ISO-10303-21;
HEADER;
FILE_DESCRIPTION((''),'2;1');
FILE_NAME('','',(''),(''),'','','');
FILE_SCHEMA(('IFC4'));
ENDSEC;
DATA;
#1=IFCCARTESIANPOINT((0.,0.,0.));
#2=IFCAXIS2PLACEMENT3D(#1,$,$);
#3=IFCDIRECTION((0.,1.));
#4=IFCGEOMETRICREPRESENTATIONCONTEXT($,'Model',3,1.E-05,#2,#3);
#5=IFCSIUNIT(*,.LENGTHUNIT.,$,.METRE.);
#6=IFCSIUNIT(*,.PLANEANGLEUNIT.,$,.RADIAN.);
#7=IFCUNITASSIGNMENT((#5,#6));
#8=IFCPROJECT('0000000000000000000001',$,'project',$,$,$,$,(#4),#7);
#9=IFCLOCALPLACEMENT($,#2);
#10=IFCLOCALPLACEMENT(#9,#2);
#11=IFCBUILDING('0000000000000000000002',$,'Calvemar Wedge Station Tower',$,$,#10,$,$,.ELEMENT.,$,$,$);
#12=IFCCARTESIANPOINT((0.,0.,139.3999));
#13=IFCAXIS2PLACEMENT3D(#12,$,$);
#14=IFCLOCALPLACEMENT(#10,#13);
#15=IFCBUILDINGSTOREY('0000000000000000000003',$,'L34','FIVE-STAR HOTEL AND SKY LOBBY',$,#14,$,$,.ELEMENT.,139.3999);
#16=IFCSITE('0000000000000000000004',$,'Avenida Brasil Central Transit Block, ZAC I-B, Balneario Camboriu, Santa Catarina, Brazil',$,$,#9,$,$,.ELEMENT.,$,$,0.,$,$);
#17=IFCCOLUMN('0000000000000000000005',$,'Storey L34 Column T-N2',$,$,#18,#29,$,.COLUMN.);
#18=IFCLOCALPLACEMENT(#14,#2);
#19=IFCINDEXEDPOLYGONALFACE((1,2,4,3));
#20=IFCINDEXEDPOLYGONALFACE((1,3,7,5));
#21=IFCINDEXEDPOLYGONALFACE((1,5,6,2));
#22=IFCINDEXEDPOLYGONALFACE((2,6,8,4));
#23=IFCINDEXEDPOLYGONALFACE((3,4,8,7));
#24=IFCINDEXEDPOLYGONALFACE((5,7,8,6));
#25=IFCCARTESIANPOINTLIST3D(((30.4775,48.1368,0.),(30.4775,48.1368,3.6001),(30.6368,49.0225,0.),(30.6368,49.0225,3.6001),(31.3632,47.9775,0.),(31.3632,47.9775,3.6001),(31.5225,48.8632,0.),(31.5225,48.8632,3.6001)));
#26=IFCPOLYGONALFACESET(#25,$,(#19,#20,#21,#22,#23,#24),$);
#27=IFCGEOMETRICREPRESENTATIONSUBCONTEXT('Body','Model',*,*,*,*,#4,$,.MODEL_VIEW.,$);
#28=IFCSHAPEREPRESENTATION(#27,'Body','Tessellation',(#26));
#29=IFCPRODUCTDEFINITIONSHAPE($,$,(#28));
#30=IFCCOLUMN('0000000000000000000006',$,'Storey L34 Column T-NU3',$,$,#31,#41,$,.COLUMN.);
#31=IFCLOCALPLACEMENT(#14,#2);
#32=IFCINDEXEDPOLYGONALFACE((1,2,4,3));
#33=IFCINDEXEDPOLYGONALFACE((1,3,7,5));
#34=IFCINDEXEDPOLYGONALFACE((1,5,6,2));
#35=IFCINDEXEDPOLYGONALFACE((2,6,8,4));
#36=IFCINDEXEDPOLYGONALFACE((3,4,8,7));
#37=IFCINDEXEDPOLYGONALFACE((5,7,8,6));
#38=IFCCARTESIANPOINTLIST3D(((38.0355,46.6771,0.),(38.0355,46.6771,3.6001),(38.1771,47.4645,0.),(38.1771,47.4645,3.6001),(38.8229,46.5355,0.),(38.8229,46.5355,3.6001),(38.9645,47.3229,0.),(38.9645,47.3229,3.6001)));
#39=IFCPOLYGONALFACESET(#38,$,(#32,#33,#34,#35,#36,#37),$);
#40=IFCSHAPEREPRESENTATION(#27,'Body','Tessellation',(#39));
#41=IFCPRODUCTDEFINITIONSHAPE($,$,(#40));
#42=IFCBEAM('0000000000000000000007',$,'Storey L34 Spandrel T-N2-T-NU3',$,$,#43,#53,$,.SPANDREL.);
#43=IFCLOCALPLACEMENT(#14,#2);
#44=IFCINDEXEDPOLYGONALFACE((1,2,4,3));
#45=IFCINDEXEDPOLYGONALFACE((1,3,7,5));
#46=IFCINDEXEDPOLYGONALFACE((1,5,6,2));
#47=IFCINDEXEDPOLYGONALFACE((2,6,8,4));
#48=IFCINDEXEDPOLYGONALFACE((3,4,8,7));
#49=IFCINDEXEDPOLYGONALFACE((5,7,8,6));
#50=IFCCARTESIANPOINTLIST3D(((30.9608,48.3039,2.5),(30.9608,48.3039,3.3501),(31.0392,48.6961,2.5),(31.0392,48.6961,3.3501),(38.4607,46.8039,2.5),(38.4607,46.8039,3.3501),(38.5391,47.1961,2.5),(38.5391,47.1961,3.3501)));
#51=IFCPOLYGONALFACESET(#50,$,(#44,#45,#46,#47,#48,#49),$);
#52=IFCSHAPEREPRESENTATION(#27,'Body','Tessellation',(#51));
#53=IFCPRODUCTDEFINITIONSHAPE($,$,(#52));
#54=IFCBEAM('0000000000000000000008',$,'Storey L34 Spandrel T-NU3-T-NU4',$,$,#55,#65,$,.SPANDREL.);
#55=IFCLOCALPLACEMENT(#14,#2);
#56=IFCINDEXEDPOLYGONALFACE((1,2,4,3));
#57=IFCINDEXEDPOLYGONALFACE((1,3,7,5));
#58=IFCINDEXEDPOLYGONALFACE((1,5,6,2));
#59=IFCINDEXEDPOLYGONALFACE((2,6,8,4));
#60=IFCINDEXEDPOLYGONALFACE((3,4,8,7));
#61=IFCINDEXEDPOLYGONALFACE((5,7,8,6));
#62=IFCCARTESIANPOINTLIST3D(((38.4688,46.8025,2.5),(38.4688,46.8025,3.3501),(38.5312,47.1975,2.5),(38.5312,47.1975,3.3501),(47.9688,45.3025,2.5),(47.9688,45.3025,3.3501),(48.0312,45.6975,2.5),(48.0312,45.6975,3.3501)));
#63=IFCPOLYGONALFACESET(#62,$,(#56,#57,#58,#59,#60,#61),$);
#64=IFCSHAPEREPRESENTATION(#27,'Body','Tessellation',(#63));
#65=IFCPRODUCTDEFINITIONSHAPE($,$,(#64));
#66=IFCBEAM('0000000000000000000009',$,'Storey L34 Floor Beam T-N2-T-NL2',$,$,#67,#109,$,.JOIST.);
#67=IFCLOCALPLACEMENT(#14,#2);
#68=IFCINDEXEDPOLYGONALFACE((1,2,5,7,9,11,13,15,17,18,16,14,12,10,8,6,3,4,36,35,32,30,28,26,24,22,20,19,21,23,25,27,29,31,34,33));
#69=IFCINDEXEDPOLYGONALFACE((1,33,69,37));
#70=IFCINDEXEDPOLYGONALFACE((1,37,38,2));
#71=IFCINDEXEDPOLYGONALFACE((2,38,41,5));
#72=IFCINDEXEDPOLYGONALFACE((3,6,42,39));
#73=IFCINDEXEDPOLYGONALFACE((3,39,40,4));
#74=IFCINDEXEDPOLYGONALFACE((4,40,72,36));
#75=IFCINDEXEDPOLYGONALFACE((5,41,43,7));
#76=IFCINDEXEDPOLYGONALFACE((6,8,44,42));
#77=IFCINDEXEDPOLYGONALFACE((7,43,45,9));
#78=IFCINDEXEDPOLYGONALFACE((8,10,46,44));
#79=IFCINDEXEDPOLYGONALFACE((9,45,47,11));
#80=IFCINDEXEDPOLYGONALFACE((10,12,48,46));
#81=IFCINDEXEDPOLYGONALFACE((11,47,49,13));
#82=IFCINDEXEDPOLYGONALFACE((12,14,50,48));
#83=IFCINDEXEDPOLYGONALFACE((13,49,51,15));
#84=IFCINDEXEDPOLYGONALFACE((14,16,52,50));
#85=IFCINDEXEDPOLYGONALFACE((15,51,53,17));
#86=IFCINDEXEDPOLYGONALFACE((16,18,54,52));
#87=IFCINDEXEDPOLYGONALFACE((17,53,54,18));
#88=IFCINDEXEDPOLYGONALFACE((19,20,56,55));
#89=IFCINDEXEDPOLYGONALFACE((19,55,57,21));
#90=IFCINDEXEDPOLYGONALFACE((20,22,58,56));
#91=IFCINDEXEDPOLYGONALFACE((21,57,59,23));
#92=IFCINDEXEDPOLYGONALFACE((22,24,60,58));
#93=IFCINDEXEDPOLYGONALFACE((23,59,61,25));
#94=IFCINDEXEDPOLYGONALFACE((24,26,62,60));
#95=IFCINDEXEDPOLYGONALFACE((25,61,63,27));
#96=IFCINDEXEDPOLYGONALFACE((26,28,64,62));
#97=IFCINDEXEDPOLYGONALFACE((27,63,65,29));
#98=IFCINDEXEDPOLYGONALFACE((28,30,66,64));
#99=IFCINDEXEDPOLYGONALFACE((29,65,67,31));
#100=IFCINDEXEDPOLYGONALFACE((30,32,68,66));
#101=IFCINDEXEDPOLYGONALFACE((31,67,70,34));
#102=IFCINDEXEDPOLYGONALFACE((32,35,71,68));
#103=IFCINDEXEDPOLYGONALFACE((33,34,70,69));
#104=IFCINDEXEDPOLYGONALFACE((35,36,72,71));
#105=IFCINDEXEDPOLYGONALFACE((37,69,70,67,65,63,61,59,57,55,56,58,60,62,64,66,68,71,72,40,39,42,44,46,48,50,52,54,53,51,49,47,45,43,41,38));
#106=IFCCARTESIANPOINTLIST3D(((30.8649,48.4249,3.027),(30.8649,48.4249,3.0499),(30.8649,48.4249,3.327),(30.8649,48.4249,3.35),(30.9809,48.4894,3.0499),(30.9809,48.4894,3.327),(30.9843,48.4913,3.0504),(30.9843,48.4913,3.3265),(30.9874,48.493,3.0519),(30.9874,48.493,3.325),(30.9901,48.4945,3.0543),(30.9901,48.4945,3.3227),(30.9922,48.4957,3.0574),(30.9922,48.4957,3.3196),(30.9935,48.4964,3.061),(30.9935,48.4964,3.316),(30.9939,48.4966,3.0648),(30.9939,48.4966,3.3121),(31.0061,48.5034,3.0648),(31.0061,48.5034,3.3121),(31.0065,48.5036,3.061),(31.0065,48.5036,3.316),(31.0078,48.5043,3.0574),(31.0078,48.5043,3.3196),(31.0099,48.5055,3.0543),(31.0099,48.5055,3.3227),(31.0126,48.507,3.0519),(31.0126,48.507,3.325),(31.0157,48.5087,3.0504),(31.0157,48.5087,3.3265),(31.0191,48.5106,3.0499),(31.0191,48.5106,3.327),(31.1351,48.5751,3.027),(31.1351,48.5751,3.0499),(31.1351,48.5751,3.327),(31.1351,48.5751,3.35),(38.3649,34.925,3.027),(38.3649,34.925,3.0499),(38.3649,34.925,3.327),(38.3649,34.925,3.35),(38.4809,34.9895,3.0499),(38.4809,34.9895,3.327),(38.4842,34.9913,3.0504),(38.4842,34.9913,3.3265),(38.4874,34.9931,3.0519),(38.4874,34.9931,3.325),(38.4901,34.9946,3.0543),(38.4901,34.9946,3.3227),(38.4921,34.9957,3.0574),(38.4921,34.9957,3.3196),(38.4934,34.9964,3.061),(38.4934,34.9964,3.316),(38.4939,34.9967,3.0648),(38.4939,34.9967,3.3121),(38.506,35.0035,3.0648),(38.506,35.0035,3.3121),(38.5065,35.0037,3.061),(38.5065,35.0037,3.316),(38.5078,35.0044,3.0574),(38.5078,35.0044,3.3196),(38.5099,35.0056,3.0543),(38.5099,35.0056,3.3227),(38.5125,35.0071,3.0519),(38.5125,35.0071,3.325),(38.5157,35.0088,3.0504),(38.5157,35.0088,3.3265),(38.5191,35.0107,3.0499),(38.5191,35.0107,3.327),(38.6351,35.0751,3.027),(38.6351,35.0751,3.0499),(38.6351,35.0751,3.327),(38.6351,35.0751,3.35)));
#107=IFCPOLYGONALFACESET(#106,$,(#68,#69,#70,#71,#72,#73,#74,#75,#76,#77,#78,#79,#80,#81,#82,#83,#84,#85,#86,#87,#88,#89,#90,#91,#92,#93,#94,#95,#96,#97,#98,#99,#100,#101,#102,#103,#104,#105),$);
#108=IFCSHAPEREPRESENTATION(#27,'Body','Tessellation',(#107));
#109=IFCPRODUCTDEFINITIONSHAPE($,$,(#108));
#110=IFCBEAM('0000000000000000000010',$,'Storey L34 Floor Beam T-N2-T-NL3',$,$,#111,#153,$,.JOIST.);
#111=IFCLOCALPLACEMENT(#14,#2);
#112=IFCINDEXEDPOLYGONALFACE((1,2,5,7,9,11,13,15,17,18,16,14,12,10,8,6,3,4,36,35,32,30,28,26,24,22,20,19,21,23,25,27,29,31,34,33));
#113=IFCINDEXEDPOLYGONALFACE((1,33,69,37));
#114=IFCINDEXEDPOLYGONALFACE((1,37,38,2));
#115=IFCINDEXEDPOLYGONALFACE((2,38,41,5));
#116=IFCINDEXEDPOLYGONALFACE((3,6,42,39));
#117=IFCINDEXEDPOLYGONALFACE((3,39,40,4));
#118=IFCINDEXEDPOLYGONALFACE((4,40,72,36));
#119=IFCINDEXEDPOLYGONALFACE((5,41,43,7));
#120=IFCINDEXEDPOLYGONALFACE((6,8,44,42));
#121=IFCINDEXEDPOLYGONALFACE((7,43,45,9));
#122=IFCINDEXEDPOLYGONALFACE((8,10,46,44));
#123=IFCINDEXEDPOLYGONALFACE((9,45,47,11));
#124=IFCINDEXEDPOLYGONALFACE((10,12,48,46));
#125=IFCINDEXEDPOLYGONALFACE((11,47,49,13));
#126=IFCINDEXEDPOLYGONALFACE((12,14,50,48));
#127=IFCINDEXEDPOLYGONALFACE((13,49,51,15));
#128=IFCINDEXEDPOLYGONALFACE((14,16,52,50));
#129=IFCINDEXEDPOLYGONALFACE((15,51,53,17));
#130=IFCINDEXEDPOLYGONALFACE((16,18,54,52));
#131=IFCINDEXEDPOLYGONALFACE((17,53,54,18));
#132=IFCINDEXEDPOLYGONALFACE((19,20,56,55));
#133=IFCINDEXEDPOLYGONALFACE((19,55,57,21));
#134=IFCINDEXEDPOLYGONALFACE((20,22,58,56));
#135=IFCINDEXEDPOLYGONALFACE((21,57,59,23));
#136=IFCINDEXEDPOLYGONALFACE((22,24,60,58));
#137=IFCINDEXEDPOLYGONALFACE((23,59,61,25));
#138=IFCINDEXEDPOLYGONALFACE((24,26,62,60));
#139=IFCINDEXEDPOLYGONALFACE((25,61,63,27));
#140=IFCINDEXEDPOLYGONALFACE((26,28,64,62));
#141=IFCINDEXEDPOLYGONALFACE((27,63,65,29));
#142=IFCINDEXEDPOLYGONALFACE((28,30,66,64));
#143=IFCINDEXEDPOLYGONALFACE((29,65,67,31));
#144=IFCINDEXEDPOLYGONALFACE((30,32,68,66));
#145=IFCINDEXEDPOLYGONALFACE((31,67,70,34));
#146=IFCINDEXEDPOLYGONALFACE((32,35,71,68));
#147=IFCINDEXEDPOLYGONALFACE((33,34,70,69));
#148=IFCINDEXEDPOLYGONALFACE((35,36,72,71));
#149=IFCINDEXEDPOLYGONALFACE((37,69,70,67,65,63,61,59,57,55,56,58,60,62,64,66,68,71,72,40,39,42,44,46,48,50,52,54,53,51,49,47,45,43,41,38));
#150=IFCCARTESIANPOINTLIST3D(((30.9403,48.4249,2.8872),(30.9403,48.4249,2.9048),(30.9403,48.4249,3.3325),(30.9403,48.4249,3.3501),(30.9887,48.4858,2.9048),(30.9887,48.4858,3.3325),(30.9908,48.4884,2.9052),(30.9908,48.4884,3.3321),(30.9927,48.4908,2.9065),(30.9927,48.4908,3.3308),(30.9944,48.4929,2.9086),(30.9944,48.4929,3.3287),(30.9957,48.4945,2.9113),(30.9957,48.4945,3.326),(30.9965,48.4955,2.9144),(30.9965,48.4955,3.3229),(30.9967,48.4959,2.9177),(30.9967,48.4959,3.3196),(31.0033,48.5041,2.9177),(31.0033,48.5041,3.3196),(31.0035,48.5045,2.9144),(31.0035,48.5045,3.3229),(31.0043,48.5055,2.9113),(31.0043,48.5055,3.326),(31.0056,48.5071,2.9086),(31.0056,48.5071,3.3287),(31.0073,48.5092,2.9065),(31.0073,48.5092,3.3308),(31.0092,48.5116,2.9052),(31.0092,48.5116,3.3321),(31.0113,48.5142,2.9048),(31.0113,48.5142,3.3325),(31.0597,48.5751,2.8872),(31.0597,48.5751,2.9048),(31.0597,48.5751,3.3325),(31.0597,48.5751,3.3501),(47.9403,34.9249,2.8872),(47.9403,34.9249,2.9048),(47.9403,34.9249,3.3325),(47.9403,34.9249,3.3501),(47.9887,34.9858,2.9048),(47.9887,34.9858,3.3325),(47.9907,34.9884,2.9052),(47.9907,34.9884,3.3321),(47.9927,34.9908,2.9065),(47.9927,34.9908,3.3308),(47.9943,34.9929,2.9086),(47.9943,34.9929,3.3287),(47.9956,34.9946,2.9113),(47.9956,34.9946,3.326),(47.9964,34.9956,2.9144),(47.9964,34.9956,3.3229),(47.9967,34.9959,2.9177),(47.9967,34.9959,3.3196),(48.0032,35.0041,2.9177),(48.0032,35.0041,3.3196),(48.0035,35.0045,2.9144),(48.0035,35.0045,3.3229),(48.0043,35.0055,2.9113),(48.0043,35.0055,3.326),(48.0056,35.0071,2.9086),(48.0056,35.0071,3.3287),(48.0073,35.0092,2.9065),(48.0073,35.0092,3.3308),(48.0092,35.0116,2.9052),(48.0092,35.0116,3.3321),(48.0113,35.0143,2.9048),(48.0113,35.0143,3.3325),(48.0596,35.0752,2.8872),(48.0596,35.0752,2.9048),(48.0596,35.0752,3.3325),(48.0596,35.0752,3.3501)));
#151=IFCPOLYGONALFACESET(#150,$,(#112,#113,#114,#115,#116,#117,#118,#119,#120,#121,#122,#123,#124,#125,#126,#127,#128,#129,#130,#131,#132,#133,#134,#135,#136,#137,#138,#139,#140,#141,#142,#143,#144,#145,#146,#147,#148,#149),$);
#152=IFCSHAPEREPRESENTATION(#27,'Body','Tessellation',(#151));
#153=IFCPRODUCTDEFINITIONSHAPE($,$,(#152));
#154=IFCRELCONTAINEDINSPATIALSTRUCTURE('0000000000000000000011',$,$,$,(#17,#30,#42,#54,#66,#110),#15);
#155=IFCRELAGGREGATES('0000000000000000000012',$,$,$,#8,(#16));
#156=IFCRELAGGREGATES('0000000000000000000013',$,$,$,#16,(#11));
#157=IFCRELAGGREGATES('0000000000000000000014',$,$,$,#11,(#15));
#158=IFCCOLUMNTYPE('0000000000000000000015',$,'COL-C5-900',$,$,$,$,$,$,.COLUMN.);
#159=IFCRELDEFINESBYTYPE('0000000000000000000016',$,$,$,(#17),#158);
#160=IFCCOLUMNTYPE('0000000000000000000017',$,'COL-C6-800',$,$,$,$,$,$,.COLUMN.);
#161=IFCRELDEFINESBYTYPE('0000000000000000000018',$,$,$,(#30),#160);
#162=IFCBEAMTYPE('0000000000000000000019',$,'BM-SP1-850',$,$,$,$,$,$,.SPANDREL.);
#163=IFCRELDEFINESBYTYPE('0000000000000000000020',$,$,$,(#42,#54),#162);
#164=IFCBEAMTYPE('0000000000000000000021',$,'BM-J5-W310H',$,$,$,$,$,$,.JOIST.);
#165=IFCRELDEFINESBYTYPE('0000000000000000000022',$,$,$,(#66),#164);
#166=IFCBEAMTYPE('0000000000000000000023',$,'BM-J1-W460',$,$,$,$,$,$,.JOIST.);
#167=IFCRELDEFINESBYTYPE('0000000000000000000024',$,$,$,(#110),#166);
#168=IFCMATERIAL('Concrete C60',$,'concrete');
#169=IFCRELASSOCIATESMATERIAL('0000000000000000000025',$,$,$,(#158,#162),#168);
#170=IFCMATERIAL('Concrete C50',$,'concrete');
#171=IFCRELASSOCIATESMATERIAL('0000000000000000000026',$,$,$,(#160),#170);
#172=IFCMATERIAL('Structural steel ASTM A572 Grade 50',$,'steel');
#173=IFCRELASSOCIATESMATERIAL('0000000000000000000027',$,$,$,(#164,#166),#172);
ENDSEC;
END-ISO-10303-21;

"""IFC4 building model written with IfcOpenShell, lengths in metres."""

from ifc_helpers import new_model, si_unit, direction, frame, origin, origin_2d, place, context, subcontext, project, spatial, rectangle, i_section, extrude, source, transform, mapped, material, material_profile, profile_set, type_object, element, save


model = new_model("IFC4")

# Units and contexts
model_context = context("Model", 3, precision=1e-05, world=origin(), true_north=direction((0.0, 1.0)))
body_context = subcontext(model_context, "Body", "Model", "MODEL_VIEW")
ifc_project = project(units=[si_unit("LENGTHUNIT", "METRE"), si_unit("PLANEANGLEUNIT", "RADIAN")], contexts=[model_context])

# Site, building, storey
site_placement = place(None, origin())
site = spatial("IfcSite", under=ifc_project, at=site_placement, Name="Avenida Brasil Central Transit Block, ZAC I-B, Balneario Camboriu, Santa Catarina, Brazil", CompositionType="ELEMENT", RefElevation=0.0)
building_placement = place(site_placement, origin())
building = spatial("IfcBuilding", under=site, at=building_placement, Name="Calvemar Wedge Station Tower", CompositionType="ELEMENT")
storey_placement = place(building_placement, frame((0.0, 0.0, 139.3999)))
storey = spatial("IfcBuildingStorey", under=building, at=storey_placement, Name="L34", Description="FIVE-STAR HOTEL AND SKY LOBBY", CompositionType="ELEMENT", Elevation=139.3999)

# Columns
ifc_material_1 = material(Name="Concrete C60", Category="concrete")
ifc_material_profile_1 = material_profile(ifc_material_1, rectangle(XDim=0.8999, YDim=0.8999, at=origin_2d()), Name="RC900x900")
ifc_profile_set_1 = profile_set([ifc_material_profile_1], Name="Concrete C60")
column_type_1 = type_object("IfcColumnType", Name="COL-C5-900", PredefinedType="COLUMN", material=ifc_profile_set_1)
shared_shape_1 = source(origin(), body_context, "Body", "SweptSolid", [
    extrude(rectangle(XDim=0.8999, YDim=0.8999, at=origin_2d()), origin(), (0.0, 0.0, 1.0), 3.6001),
])
column_1_placement = place(storey_placement, frame((31.0, 48.5, 0.0), z_axis=(0.0, 0.0, 1.0), x_axis=(0.984196, -0.177085, 0.0)))
element("IfcColumn", 1, at=column_1_placement, inside=storey, type_object=column_type_1, Name="Storey L34 Column T-N2", PredefinedType="COLUMN", context=body_context, shape_type="MappedRepresentation", body=[
    mapped(shared_shape_1, transform((0.0, 0.0, 0.0), scale=1.0)),
])
ifc_material_2 = material(Name="Concrete C50", Category="concrete")
ifc_material_profile_2 = material_profile(ifc_material_2, rectangle(XDim=0.8, YDim=0.8, at=origin_2d()), Name="RC800x800")
ifc_profile_set_2 = profile_set([ifc_material_profile_2], Name="Concrete C50")
column_type_2 = type_object("IfcColumnType", Name="COL-C6-800", PredefinedType="COLUMN", material=ifc_profile_set_2)
shared_shape_2 = source(origin(), body_context, "Body", "SweptSolid", [
    extrude(rectangle(XDim=0.8, YDim=0.8, at=origin_2d()), origin(), (0.0, 0.0, 1.0), 3.6001),
])
column_2_placement = place(storey_placement, frame((38.5, 47.0, 0.0), z_axis=(0.0, 0.0, 1.0), x_axis=(0.984196, -0.177085, 0.0)))
element("IfcColumn", 2, at=column_2_placement, inside=storey, type_object=column_type_2, Name="Storey L34 Column T-NU3", PredefinedType="COLUMN", context=body_context, shape_type="MappedRepresentation", body=[
    mapped(shared_shape_2, transform((0.0, 0.0, 0.0), scale=1.0)),
])

# Beams
ifc_material_profile_3 = material_profile(ifc_material_1, rectangle(XDim=0.3999, YDim=0.8501, at=origin_2d()), Name="RC400x850")
ifc_profile_set_3 = profile_set([ifc_material_profile_3], Name="Concrete C60")
beam_type_1 = type_object("IfcBeamType", Name="BM-SP1-850", PredefinedType="SPANDREL", material=ifc_profile_set_3)
shared_shape_3 = source(origin(), body_context, "Body", "SweptSolid", [
    extrude(rectangle(XDim=0.3999, YDim=0.8501, at=origin_2d()), origin(), (0.0, 0.0, 1.0), 7.6484),
])
beam_1_placement = place(storey_placement, frame((31.0, 48.5, 2.925), z_axis=(0.980581, -0.196116, 0.0), x_axis=(0.196116, 0.980581, 0.0)))
element("IfcBeam", 3, at=beam_1_placement, inside=storey, type_object=beam_type_1, Name="Storey L34 Spandrel T-N2-T-NU3", PredefinedType="SPANDREL", context=body_context, shape_type="MappedRepresentation", body=[
    mapped(shared_shape_3, transform((0.0, 0.0, 0.0), scale=1.0)),
])
shared_shape_4 = source(origin(), body_context, "Body", "SweptSolid", [
    extrude(rectangle(XDim=0.3999, YDim=0.8501, at=origin_2d()), origin(), (0.0, 0.0, 1.0), 9.6177),
])
beam_2_placement = place(storey_placement, frame((38.5, 47.0, 2.925), z_axis=(0.987763, -0.155963, 0.0), x_axis=(0.155963, 0.987763, 0.0)))
element("IfcBeam", 4, at=beam_2_placement, inside=storey, type_object=beam_type_1, Name="Storey L34 Spandrel T-NU3-T-NU4", PredefinedType="SPANDREL", context=body_context, shape_type="MappedRepresentation", body=[
    mapped(shared_shape_4, transform((0.0, 0.0, 0.0), scale=1.0)),
])
ifc_material_3 = material(Name="Structural steel ASTM A572 Grade 50", Category="steel")
ifc_material_profile_4 = material_profile(ifc_material_3, i_section(OverallWidth=0.3091, OverallDepth=0.323, WebThickness=0.0139, FlangeThickness=0.0229, FilletRadius=0.0149, at=origin_2d()), Name="W310x143")
ifc_profile_set_4 = profile_set([ifc_material_profile_4], Name="Structural steel ASTM A572 Grade 50")
beam_type_2 = type_object("IfcBeamType", Name="BM-J5-W310H", PredefinedType="JOIST", material=ifc_profile_set_4)
shared_shape_5 = source(origin(), body_context, "Body", "SweptSolid", [
    extrude(i_section(OverallWidth=0.3091, OverallDepth=0.323, WebThickness=0.0139, FlangeThickness=0.0229, FilletRadius=0.0149, at=origin_2d()), origin(), (0.0, 0.0, 1.0), 15.4434),
])
beam_3_placement = place(storey_placement, frame((31.0, 48.5, 3.1885), z_axis=(0.485643, -0.874157, 0.0), x_axis=(0.874157, 0.485643, 0.0)))
element("IfcBeam", 5, at=beam_3_placement, inside=storey, type_object=beam_type_2, Name="Storey L34 Floor Beam T-N2-T-NL2", PredefinedType="JOIST", context=body_context, shape_type="MappedRepresentation", body=[
    mapped(shared_shape_5, transform((0.0, 0.0, 0.0), scale=1.0)),
])
ifc_material_profile_5 = material_profile(ifc_material_3, i_section(OverallWidth=0.1919, OverallDepth=0.4629, WebThickness=0.0105, FlangeThickness=0.0176, FilletRadius=0.0129, at=origin_2d()), Name="W460x89")
ifc_profile_set_5 = profile_set([ifc_material_profile_5], Name="Structural steel ASTM A572 Grade 50")
beam_type_3 = type_object("IfcBeamType", Name="BM-J1-W460", PredefinedType="JOIST", material=ifc_profile_set_5)
shared_shape_6 = source(origin(), body_context, "Body", "SweptSolid", [
    extrude(i_section(OverallWidth=0.1919, OverallDepth=0.4629, WebThickness=0.0105, FlangeThickness=0.0176, FilletRadius=0.0129, at=origin_2d()), origin(), (0.0, 0.0, 1.0), 21.7083),
])
beam_4_placement = place(storey_placement, frame((31.0, 48.5, 3.1187), z_axis=(0.783111, -0.621882, 0.0), x_axis=(0.621882, 0.783111, 0.0)))
element("IfcBeam", 6, at=beam_4_placement, inside=storey, type_object=beam_type_3, Name="Storey L34 Floor Beam T-N2-T-NL3", PredefinedType="JOIST", context=body_context, shape_type="MappedRepresentation", body=[
    mapped(shared_shape_6, transform((0.0, 0.0, 0.0), scale=1.0)),
])

save(model, "model.ifc")
